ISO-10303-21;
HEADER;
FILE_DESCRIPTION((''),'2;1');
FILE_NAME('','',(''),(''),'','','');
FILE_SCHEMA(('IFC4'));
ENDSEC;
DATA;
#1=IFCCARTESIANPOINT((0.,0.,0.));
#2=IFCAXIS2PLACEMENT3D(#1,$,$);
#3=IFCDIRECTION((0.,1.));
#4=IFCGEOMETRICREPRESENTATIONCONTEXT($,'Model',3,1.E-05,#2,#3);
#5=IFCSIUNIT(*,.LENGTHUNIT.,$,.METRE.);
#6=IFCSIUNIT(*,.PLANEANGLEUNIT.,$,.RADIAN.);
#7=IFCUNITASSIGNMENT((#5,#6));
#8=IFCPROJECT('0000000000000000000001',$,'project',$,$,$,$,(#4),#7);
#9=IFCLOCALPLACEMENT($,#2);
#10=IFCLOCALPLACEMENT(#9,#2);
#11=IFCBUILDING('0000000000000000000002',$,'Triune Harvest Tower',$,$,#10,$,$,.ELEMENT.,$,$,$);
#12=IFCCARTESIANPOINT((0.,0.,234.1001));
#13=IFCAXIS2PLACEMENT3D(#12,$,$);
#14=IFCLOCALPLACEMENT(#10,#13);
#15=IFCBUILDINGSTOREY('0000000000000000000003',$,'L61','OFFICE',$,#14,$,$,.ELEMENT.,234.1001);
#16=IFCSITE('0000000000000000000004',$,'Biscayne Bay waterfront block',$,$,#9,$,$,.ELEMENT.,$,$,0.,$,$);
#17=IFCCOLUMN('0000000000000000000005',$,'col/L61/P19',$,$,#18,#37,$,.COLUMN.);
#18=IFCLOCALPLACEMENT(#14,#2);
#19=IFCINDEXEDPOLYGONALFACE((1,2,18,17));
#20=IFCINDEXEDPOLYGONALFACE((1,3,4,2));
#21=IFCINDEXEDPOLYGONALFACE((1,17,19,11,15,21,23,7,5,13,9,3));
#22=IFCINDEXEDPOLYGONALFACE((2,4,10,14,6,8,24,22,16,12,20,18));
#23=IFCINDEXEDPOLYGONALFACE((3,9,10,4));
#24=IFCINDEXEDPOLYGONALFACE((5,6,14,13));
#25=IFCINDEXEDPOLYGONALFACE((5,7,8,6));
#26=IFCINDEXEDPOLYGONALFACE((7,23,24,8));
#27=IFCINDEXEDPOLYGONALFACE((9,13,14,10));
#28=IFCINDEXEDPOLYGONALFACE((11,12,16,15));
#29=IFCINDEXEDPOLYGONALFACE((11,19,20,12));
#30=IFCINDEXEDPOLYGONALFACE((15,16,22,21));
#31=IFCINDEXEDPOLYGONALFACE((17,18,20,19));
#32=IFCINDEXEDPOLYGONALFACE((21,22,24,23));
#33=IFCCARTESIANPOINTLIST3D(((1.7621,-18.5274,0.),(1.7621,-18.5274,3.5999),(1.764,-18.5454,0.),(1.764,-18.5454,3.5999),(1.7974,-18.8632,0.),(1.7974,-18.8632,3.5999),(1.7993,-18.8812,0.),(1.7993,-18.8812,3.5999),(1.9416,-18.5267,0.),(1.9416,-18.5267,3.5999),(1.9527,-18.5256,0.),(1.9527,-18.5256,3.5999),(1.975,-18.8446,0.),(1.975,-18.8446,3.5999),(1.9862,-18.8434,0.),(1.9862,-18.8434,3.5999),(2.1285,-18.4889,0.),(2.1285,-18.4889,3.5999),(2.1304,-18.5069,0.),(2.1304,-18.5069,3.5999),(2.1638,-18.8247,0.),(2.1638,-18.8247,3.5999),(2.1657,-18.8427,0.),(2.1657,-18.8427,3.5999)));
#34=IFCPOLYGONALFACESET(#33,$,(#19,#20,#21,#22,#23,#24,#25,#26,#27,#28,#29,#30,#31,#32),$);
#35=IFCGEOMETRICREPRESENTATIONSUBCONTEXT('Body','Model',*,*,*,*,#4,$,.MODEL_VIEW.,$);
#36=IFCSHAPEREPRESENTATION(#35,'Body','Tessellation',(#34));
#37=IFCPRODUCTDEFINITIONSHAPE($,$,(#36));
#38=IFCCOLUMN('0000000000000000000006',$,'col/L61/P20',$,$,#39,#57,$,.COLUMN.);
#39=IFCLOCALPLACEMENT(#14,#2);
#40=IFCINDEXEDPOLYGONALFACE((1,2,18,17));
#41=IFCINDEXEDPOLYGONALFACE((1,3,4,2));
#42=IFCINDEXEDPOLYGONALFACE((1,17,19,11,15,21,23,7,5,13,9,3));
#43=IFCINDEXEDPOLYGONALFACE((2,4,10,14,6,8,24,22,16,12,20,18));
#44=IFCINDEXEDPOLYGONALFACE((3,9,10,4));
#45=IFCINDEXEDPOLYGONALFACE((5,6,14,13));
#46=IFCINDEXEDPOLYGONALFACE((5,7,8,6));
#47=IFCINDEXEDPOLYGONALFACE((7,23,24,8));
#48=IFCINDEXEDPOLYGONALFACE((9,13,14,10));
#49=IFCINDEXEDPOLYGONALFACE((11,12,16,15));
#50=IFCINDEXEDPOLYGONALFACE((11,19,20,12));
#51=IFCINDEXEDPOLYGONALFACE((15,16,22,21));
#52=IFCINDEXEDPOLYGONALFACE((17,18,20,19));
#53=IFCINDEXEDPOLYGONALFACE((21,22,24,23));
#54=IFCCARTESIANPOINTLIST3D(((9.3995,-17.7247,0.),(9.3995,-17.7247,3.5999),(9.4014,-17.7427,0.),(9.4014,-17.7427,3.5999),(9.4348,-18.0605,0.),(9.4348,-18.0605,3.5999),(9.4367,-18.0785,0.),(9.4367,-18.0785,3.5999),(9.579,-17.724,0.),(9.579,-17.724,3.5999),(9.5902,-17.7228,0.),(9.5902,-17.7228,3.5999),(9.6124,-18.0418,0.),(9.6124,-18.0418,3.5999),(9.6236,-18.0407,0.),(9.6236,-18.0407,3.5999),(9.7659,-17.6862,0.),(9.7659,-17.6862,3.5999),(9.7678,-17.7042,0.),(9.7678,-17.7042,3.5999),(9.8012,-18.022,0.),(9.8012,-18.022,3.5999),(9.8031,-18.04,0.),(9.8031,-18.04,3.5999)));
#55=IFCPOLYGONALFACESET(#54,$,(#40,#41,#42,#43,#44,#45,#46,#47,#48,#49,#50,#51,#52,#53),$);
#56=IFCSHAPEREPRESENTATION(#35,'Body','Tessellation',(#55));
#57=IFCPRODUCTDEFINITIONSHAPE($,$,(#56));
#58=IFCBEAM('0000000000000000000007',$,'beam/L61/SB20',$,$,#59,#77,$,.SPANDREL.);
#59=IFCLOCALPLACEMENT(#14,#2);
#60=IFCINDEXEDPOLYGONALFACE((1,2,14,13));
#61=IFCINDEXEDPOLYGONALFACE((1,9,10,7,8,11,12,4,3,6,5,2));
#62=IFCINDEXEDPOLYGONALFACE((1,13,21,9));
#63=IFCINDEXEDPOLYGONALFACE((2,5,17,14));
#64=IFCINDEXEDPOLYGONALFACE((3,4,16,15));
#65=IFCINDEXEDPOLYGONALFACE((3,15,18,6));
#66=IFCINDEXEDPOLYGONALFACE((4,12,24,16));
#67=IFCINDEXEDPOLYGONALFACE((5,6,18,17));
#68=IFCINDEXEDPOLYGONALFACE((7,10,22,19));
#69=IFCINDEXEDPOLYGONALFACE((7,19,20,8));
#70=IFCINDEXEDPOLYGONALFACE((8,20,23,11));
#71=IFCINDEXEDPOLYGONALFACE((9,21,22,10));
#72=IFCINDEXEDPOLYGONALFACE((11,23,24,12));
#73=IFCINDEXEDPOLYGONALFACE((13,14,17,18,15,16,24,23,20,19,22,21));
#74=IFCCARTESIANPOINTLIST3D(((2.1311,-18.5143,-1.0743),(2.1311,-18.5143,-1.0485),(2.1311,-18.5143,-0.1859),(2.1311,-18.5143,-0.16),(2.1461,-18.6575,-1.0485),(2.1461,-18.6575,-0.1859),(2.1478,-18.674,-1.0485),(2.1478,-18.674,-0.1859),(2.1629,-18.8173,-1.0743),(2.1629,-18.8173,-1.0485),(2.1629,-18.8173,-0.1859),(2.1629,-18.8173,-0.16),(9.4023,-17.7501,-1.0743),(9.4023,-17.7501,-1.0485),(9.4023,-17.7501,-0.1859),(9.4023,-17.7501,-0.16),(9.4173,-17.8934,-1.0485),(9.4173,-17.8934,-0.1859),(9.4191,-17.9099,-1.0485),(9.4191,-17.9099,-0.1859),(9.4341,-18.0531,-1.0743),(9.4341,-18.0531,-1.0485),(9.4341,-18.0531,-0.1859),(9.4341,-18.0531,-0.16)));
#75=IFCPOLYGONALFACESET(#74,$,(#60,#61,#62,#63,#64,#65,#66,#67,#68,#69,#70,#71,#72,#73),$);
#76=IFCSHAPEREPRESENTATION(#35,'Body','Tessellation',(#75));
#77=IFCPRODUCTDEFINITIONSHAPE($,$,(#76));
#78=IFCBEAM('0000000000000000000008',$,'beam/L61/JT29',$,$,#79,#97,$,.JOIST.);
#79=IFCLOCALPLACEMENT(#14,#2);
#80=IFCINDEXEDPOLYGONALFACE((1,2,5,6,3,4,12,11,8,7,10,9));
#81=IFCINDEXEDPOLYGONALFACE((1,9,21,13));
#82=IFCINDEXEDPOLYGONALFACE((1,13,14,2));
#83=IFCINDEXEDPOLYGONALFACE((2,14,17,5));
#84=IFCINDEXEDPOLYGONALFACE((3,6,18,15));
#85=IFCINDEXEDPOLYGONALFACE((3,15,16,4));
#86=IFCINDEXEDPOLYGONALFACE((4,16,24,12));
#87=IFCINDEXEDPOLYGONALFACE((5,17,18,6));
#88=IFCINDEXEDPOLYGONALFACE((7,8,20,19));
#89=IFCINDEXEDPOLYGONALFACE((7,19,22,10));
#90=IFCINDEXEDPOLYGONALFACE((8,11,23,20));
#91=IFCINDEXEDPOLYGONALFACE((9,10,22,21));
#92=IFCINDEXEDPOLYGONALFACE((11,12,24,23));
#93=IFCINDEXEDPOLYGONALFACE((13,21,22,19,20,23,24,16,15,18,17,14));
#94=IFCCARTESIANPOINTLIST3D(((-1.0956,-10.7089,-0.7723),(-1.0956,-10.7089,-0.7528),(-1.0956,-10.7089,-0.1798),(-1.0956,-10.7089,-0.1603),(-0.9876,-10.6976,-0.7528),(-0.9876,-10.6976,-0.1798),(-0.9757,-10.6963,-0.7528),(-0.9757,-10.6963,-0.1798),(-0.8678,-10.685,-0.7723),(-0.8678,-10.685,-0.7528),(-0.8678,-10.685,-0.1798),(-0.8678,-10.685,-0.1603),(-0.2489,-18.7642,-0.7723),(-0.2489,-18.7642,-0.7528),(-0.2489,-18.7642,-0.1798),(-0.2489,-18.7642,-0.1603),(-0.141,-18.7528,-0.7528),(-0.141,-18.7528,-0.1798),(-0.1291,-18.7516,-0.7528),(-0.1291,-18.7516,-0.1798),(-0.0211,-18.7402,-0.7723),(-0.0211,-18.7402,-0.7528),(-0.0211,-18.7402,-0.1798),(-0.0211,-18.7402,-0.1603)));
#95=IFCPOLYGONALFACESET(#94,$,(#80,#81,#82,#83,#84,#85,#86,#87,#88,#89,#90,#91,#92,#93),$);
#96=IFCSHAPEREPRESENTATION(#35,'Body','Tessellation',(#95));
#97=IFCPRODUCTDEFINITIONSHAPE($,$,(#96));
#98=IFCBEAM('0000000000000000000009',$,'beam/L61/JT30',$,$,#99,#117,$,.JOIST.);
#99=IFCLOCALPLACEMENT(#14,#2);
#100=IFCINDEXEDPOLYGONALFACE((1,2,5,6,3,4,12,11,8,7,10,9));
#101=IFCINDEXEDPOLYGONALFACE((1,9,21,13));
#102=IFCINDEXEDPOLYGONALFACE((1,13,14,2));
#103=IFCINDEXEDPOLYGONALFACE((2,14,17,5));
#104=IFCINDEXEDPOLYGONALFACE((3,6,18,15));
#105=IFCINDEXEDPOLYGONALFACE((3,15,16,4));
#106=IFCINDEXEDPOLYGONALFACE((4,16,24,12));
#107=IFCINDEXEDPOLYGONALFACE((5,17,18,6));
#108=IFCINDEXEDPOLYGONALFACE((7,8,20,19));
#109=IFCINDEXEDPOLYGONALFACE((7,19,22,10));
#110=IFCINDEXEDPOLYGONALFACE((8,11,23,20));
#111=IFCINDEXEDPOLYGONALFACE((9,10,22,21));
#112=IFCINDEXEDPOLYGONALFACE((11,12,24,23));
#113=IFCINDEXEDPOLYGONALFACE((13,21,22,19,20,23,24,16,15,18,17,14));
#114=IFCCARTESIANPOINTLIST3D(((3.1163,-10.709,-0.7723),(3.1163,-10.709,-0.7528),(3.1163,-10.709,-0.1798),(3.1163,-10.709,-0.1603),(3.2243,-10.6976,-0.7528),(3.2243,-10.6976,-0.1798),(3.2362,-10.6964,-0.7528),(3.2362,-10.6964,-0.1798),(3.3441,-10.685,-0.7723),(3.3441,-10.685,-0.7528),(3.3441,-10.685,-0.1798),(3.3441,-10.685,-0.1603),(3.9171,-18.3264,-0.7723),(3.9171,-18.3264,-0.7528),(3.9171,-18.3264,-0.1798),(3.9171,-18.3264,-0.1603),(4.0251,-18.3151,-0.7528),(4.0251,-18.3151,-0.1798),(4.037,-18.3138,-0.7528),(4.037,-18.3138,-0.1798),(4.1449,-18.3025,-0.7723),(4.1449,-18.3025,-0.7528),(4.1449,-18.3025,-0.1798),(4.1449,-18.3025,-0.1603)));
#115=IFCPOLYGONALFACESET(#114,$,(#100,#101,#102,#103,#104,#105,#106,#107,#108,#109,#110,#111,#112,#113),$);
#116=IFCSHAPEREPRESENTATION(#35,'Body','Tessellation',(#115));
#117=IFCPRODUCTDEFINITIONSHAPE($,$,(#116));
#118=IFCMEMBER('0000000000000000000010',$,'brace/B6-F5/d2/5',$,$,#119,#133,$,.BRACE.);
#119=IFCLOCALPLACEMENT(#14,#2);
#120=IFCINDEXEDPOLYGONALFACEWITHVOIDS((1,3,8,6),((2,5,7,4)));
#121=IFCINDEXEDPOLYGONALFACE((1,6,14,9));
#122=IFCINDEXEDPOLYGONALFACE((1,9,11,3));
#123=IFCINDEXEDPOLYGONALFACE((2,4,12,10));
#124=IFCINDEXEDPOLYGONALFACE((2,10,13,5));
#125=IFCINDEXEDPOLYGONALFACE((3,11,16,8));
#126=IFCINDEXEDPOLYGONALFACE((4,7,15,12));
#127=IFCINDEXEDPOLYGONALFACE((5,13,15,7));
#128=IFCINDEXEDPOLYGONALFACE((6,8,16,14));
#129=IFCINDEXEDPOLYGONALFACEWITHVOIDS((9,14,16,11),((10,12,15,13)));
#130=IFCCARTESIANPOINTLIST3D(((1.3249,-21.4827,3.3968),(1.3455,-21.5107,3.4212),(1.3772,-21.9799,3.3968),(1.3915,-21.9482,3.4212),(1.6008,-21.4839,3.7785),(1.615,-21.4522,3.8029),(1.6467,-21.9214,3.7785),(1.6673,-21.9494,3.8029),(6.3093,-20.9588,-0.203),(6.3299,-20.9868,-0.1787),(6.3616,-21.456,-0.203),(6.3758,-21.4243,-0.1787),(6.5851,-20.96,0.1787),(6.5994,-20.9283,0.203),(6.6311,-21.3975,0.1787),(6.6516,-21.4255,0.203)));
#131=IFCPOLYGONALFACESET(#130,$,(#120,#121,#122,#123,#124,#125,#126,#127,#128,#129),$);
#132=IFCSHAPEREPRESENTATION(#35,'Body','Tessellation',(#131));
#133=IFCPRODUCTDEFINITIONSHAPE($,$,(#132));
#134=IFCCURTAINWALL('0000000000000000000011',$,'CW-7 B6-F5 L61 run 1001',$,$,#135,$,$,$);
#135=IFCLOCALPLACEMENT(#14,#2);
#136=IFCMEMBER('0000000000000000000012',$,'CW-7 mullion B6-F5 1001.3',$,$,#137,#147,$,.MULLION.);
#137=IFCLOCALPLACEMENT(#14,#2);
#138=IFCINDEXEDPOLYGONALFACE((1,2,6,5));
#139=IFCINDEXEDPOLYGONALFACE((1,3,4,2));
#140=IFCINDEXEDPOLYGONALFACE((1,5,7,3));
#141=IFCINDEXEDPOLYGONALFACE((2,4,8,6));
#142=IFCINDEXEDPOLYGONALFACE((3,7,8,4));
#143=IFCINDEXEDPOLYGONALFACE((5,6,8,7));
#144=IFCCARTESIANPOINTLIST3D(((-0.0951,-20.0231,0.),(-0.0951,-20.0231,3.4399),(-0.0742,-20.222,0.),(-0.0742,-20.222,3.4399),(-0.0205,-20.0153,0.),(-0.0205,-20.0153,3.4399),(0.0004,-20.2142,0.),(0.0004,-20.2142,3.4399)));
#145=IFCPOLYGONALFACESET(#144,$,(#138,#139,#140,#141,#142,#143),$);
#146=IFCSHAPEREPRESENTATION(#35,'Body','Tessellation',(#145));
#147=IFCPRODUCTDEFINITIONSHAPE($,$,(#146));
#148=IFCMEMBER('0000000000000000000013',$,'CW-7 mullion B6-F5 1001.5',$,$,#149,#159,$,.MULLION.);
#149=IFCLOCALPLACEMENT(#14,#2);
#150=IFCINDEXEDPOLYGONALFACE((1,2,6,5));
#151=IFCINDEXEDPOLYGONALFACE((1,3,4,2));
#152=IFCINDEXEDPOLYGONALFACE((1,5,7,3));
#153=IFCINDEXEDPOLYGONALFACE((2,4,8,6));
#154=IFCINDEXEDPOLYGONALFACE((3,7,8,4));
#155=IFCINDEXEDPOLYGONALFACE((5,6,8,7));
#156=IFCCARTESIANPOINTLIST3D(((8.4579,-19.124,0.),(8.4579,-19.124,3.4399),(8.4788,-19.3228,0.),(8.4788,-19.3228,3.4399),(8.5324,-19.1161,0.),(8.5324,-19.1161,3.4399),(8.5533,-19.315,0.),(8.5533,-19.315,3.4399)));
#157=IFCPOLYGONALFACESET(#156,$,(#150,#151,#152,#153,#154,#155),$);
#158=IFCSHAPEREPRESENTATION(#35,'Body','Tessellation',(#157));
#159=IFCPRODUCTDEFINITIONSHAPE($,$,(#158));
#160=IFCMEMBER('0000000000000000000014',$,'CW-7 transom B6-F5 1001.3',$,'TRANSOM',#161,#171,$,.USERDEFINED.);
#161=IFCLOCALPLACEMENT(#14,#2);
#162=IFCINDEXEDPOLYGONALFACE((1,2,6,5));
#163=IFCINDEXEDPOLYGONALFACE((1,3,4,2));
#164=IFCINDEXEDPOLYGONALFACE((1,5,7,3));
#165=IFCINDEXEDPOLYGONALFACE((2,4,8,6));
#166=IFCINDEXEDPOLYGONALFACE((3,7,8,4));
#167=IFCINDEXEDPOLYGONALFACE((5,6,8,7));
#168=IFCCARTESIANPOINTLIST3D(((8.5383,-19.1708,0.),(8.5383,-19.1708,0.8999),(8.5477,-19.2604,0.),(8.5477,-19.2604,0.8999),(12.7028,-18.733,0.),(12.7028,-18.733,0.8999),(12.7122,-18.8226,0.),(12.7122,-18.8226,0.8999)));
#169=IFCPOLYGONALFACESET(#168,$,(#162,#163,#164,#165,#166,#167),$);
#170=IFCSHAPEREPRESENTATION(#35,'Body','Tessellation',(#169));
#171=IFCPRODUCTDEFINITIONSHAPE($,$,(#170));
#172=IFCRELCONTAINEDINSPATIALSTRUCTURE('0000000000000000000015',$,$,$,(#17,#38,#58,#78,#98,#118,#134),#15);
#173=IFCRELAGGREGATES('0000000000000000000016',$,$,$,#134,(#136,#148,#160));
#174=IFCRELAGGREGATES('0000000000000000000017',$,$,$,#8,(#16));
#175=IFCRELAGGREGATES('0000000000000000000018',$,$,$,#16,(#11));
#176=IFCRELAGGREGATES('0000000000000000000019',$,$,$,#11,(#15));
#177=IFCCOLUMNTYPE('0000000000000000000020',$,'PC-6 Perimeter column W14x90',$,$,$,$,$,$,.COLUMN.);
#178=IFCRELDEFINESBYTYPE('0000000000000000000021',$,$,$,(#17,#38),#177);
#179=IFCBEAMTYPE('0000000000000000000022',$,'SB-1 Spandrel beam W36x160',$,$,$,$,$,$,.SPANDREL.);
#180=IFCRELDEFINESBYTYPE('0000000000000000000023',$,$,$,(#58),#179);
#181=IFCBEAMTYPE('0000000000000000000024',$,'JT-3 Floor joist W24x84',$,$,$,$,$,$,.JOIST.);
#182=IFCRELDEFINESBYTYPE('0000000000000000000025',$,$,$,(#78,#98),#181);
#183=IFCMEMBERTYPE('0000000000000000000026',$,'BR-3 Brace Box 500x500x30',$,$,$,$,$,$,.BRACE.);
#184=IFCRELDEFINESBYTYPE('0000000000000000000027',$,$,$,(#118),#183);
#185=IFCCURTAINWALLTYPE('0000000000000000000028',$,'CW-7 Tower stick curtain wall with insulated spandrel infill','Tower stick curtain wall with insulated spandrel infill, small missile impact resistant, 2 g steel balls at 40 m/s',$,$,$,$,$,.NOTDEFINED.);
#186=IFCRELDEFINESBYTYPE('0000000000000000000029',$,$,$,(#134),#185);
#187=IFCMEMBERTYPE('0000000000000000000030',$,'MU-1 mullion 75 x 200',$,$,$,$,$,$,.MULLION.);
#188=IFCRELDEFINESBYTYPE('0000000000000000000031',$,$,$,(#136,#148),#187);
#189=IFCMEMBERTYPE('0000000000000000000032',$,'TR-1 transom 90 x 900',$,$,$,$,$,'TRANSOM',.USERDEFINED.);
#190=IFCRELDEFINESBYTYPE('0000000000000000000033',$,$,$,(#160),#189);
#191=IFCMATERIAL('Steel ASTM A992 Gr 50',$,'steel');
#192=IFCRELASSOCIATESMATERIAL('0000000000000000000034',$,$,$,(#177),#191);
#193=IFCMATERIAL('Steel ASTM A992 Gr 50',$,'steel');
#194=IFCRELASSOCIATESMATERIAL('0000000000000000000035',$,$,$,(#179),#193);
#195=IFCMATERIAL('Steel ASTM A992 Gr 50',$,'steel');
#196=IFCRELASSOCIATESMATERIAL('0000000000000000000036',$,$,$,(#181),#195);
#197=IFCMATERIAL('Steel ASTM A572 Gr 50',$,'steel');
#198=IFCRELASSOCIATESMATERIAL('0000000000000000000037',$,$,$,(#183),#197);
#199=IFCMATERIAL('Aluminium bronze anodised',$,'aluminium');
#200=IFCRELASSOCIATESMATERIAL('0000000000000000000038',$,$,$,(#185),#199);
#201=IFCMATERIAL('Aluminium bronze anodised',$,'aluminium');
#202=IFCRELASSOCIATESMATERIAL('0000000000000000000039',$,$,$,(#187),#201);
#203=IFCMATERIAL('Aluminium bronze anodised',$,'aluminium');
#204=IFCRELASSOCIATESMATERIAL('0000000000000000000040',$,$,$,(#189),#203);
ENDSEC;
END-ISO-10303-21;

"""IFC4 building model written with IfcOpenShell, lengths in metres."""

from ifc_helpers import new_model, si_unit, direction, frame, origin, origin_2d, place, context, subcontext, project, spatial, rectangle, hollow_rectangle, i_section, extrude, source, transform, mapped, material, material_profile, profile_set, type_object, element, aggregate, save


model = new_model("IFC4")

# Units and contexts
model_context = context("Model", 3, precision=1e-05, world=origin(), true_north=direction((0.0, 1.0)))
body_context = subcontext(model_context, "Body", "Model", "MODEL_VIEW")
ifc_project = project(units=[si_unit("LENGTHUNIT", "METRE"), si_unit("PLANEANGLEUNIT", "RADIAN")], contexts=[model_context])

# Site, building, storey
site_placement = place(None, origin())
site = spatial("IfcSite", under=ifc_project, at=site_placement, Name="Biscayne Bay waterfront block", CompositionType="ELEMENT", RefElevation=0.0)
building_placement = place(site_placement, origin())
building = spatial("IfcBuilding", under=site, at=building_placement, Name="Triune Harvest Tower", CompositionType="ELEMENT")
storey_placement = place(building_placement, frame((0.0, 0.0, 234.1001)))
storey = spatial("IfcBuildingStorey", under=building, at=storey_placement, Name="L61", Description="OFFICE", CompositionType="ELEMENT", Elevation=234.1001)

# Columns
ifc_material_1 = material(Name="Steel ASTM A992 Gr 50", Category="steel")
ifc_material_profile_1 = material_profile(ifc_material_1, i_section(OverallWidth=0.3684, OverallDepth=0.3557, WebThickness=0.0112, FlangeThickness=0.0181, at=origin_2d()), Name="W14x90")
ifc_profile_set_1 = profile_set([ifc_material_profile_1], Name="Steel ASTM A992 Gr 50")
column_type = type_object("IfcColumnType", Name="PC-6 Perimeter column W14x90", PredefinedType="COLUMN", material=ifc_profile_set_1)
shared_shape_1 = source(origin(), body_context, "Body", "SweptSolid", [
    extrude(i_section(OverallWidth=0.3684, OverallDepth=0.3557, WebThickness=0.0112, FlangeThickness=0.0181, at=origin_2d()), origin(), (0.0, 0.0, 1.0), 3.5999),
])
for number, where, z_axis, x_axis, name in (
    (1, (1.9639, -18.6851, 0.0), (0.0, 0.0, 1.0), (0.994522, 0.10453, 0.0), "col/L61/P19"),
    (2, (9.6013, -17.8823, 0.0), (0.0, 0.0, 1.0), (0.994522, 0.10453, 0.0), "col/L61/P20"),
):
    element("IfcColumn", number, at=place(storey_placement, frame(where, z_axis=z_axis, x_axis=x_axis)), inside=storey, type_object=column_type, Name=name, PredefinedType="COLUMN", context=body_context, shape_type="MappedRepresentation", body=[
        mapped(shared_shape_1, transform((0.0, 0.0, 0.0), scale=1.0)),
    ])

# Beams
ifc_material_2 = material(Name="Steel ASTM A992 Gr 50", Category="steel")
ifc_material_profile_2 = material_profile(ifc_material_2, i_section(OverallWidth=0.3047, OverallDepth=0.9143, WebThickness=0.0166, FlangeThickness=0.0259, at=origin_2d()), Name="W36x160")
ifc_profile_set_2 = profile_set([ifc_material_profile_2], Name="Steel ASTM A992 Gr 50")
beam_type_1 = type_object("IfcBeamType", Name="SB-1 Spandrel beam W36x160", PredefinedType="SPANDREL", material=ifc_profile_set_2)
shared_shape_2 = source(origin(), body_context, "Body", "SweptSolid", [
    extrude(i_section(OverallWidth=0.3047, OverallDepth=0.9143, WebThickness=0.0166, FlangeThickness=0.0259, at=origin_2d()), origin(), (0.0, 0.0, 1.0), 7.3113),
])
beam_1_placement = place(storey_placement, frame((2.147, -18.6658, -0.6172), z_axis=(0.994523, 0.104518, 0.0), x_axis=(-0.104518, 0.994523, 0.0)))
element("IfcBeam", 3, at=beam_1_placement, inside=storey, type_object=beam_type_1, Name="beam/L61/SB20", PredefinedType="SPANDREL", context=body_context, shape_type="MappedRepresentation", body=[
    mapped(shared_shape_2, transform((0.0, 0.0, 0.0), scale=1.0)),
])
ifc_material_3 = material(Name="Steel ASTM A992 Gr 50", Category="steel")
ifc_material_profile_3 = material_profile(ifc_material_3, i_section(OverallWidth=0.229, OverallDepth=0.6121, WebThickness=0.012, FlangeThickness=0.0195, at=origin_2d()), Name="W24x84")
ifc_profile_set_3 = profile_set([ifc_material_profile_3], Name="Steel ASTM A992 Gr 50")
beam_type_2 = type_object("IfcBeamType", Name="JT-3 Floor joist W24x84", PredefinedType="JOIST", material=ifc_profile_set_3)
shared_shape_3 = source(origin(), body_context, "Body", "SweptSolid", [
    extrude(i_section(OverallWidth=0.229, OverallDepth=0.6121, WebThickness=0.012, FlangeThickness=0.0195, at=origin_2d()), origin(), (0.0, 0.0, 1.0), 8.0996),
])
beam_2_placement = place(storey_placement, frame((-0.135, -18.7522, -0.4663), z_axis=(-0.104534, 0.994521, 0.0), x_axis=(-0.994521, -0.104534, 0.0)))
element("IfcBeam", 4, at=beam_2_placement, inside=storey, type_object=beam_type_2, Name="beam/L61/JT29", PredefinedType="JOIST", context=body_context, shape_type="MappedRepresentation", body=[
    mapped(shared_shape_3, transform((0.0, 0.0, 0.0), scale=1.0)),
])
shared_shape_4 = source(origin(), body_context, "Body", "SweptSolid", [
    extrude(i_section(OverallWidth=0.229, OverallDepth=0.6121, WebThickness=0.012, FlangeThickness=0.0195, at=origin_2d()), origin(), (0.0, 0.0, 1.0), 7.6594),
])
beam_3_placement = place(storey_placement, frame((4.031, -18.3145, -0.4663), z_axis=(-0.104549, 0.99452, 0.0), x_axis=(-0.99452, -0.104549, 0.0)))
element("IfcBeam", 5, at=beam_3_placement, inside=storey, type_object=beam_type_2, Name="beam/L61/JT30", PredefinedType="JOIST", context=body_context, shape_type="MappedRepresentation", body=[
    mapped(shared_shape_4, transform((0.0, 0.0, 0.0), scale=1.0)),
])

# Member
ifc_material_4 = material(Name="Steel ASTM A572 Gr 50", Category="steel")
ifc_material_profile_4 = material_profile(ifc_material_4, hollow_rectangle(XDim=0.5, YDim=0.5, WallThickness=0.03, at=origin_2d()), Name="Box 500x500x30")
ifc_profile_set_4 = profile_set([ifc_material_profile_4], Name="Steel ASTM A572 Gr 50")
member_type_1 = type_object("IfcMemberType", Name="BR-3 Brace Box 500x500x30", PredefinedType="BRACE", material=ifc_profile_set_4)
shared_shape_5 = source(origin(), body_context, "Body", "SweptSolid", [
    extrude(hollow_rectangle(XDim=0.5, YDim=0.5, WallThickness=0.03, at=origin_2d()), origin(), (0.0, 0.0, 1.0), 6.1707),
])
member_1_placement = place(storey_placement, frame((6.4805, -21.1921, 0.0), z_axis=(-0.80775, -0.084906, 0.583379), x_axis=(0.104538, -0.994521, 0.0)))
element("IfcMember", 6, at=member_1_placement, inside=storey, type_object=member_type_1, Name="brace/B6-F5/d2/5", PredefinedType="BRACE", context=body_context, shape_type="MappedRepresentation", body=[
    mapped(shared_shape_5, transform((0.0, 0.0, 0.0), scale=1.0)),
])

# Curtain wall, members
ifc_material_5 = material(Name="Aluminium bronze anodised", Category="aluminium")
curtain_wall_type = type_object("IfcCurtainWallType", Name="CW-7 Tower stick curtain wall with insulated spandrel infill", Description="Tower stick curtain wall with insulated spandrel infill, small missile impact resistant, 2 g steel balls at 40 m/s", PredefinedType="NOTDEFINED", material=ifc_material_5)
curtain_wall_placement = place(storey_placement, origin())
curtain_wall = element("IfcCurtainWall", 7, at=curtain_wall_placement, inside=storey, type_object=curtain_wall_type, Name="CW-7 B6-F5 L61 run 1001")
ifc_material_6 = material(Name="Aluminium bronze anodised", Category="aluminium")
ifc_material_profile_5 = material_profile(ifc_material_6, rectangle(XDim=0.2, YDim=0.075, at=origin_2d()), Name="MU-1 mullion 75 x 200")
ifc_profile_set_5 = profile_set([ifc_material_profile_5], Name="Aluminium bronze anodised")
member_type_2 = type_object("IfcMemberType", Name="MU-1 mullion 75 x 200", PredefinedType="MULLION", material=ifc_profile_set_5)
shared_shape_6 = source(origin(), body_context, "Body", "SweptSolid", [
    extrude(rectangle(XDim=0.2, YDim=0.075, at=origin_2d()), origin(), (0.0, 0.0, 1.0), 3.4399),
])
member_2_placement = place(storey_placement, frame((-0.0474, -20.1187, 0.0), z_axis=(0.0, 0.0, 1.0), x_axis=(-0.104534, 0.994521, 0.0)))
member_2 = element("IfcMember", 8, at=member_2_placement, type_object=member_type_2, Name="CW-7 mullion B6-F5 1001.3", PredefinedType="MULLION", context=body_context, shape_type="MappedRepresentation", body=[
    mapped(shared_shape_6, transform((0.0, 0.0, 0.0), scale=1.0)),
])
member_3_placement = place(storey_placement, frame((8.5056, -19.2195, 0.0), z_axis=(0.0, 0.0, 1.0), x_axis=(-0.104534, 0.994521, 0.0)))
member_3 = element("IfcMember", 9, at=member_3_placement, type_object=member_type_2, Name="CW-7 mullion B6-F5 1001.5", PredefinedType="MULLION", context=body_context, shape_type="MappedRepresentation", body=[
    mapped(shared_shape_6, transform((0.0, 0.0, 0.0), scale=1.0)),
])
ifc_material_7 = material(Name="Aluminium bronze anodised", Category="aluminium")
ifc_material_profile_6 = material_profile(ifc_material_7, rectangle(XDim=0.0901, YDim=0.8999, at=origin_2d()), Name="TR-1 transom 90 x 900")
ifc_profile_set_6 = profile_set([ifc_material_profile_6], Name="Aluminium bronze anodised")
member_type_3 = type_object("IfcMemberType", Name="TR-1 transom 90 x 900", ElementType="TRANSOM", PredefinedType="USERDEFINED", material=ifc_profile_set_6)
shared_shape_7 = source(origin(), body_context, "Body", "SweptSolid", [
    extrude(rectangle(XDim=0.0901, YDim=0.8999, at=origin_2d()), origin(), (0.0, 0.0, 1.0), 4.1875),
])
member_4_placement = place(storey_placement, frame((8.543, -19.2156, 0.45), z_axis=(0.994521, 0.104536, 0.0), x_axis=(-0.104536, 0.994521, 0.0)))
member_4 = element("IfcMember", 10, at=member_4_placement, type_object=member_type_3, Name="CW-7 transom B6-F5 1001.3", ObjectType="TRANSOM", PredefinedType="USERDEFINED", context=body_context, shape_type="MappedRepresentation", body=[
    mapped(shared_shape_7, transform((0.0, 0.0, 0.0), scale=1.0)),
])
aggregate(curtain_wall, [member_2, member_3, member_4])

save(model, "model.ifc")
